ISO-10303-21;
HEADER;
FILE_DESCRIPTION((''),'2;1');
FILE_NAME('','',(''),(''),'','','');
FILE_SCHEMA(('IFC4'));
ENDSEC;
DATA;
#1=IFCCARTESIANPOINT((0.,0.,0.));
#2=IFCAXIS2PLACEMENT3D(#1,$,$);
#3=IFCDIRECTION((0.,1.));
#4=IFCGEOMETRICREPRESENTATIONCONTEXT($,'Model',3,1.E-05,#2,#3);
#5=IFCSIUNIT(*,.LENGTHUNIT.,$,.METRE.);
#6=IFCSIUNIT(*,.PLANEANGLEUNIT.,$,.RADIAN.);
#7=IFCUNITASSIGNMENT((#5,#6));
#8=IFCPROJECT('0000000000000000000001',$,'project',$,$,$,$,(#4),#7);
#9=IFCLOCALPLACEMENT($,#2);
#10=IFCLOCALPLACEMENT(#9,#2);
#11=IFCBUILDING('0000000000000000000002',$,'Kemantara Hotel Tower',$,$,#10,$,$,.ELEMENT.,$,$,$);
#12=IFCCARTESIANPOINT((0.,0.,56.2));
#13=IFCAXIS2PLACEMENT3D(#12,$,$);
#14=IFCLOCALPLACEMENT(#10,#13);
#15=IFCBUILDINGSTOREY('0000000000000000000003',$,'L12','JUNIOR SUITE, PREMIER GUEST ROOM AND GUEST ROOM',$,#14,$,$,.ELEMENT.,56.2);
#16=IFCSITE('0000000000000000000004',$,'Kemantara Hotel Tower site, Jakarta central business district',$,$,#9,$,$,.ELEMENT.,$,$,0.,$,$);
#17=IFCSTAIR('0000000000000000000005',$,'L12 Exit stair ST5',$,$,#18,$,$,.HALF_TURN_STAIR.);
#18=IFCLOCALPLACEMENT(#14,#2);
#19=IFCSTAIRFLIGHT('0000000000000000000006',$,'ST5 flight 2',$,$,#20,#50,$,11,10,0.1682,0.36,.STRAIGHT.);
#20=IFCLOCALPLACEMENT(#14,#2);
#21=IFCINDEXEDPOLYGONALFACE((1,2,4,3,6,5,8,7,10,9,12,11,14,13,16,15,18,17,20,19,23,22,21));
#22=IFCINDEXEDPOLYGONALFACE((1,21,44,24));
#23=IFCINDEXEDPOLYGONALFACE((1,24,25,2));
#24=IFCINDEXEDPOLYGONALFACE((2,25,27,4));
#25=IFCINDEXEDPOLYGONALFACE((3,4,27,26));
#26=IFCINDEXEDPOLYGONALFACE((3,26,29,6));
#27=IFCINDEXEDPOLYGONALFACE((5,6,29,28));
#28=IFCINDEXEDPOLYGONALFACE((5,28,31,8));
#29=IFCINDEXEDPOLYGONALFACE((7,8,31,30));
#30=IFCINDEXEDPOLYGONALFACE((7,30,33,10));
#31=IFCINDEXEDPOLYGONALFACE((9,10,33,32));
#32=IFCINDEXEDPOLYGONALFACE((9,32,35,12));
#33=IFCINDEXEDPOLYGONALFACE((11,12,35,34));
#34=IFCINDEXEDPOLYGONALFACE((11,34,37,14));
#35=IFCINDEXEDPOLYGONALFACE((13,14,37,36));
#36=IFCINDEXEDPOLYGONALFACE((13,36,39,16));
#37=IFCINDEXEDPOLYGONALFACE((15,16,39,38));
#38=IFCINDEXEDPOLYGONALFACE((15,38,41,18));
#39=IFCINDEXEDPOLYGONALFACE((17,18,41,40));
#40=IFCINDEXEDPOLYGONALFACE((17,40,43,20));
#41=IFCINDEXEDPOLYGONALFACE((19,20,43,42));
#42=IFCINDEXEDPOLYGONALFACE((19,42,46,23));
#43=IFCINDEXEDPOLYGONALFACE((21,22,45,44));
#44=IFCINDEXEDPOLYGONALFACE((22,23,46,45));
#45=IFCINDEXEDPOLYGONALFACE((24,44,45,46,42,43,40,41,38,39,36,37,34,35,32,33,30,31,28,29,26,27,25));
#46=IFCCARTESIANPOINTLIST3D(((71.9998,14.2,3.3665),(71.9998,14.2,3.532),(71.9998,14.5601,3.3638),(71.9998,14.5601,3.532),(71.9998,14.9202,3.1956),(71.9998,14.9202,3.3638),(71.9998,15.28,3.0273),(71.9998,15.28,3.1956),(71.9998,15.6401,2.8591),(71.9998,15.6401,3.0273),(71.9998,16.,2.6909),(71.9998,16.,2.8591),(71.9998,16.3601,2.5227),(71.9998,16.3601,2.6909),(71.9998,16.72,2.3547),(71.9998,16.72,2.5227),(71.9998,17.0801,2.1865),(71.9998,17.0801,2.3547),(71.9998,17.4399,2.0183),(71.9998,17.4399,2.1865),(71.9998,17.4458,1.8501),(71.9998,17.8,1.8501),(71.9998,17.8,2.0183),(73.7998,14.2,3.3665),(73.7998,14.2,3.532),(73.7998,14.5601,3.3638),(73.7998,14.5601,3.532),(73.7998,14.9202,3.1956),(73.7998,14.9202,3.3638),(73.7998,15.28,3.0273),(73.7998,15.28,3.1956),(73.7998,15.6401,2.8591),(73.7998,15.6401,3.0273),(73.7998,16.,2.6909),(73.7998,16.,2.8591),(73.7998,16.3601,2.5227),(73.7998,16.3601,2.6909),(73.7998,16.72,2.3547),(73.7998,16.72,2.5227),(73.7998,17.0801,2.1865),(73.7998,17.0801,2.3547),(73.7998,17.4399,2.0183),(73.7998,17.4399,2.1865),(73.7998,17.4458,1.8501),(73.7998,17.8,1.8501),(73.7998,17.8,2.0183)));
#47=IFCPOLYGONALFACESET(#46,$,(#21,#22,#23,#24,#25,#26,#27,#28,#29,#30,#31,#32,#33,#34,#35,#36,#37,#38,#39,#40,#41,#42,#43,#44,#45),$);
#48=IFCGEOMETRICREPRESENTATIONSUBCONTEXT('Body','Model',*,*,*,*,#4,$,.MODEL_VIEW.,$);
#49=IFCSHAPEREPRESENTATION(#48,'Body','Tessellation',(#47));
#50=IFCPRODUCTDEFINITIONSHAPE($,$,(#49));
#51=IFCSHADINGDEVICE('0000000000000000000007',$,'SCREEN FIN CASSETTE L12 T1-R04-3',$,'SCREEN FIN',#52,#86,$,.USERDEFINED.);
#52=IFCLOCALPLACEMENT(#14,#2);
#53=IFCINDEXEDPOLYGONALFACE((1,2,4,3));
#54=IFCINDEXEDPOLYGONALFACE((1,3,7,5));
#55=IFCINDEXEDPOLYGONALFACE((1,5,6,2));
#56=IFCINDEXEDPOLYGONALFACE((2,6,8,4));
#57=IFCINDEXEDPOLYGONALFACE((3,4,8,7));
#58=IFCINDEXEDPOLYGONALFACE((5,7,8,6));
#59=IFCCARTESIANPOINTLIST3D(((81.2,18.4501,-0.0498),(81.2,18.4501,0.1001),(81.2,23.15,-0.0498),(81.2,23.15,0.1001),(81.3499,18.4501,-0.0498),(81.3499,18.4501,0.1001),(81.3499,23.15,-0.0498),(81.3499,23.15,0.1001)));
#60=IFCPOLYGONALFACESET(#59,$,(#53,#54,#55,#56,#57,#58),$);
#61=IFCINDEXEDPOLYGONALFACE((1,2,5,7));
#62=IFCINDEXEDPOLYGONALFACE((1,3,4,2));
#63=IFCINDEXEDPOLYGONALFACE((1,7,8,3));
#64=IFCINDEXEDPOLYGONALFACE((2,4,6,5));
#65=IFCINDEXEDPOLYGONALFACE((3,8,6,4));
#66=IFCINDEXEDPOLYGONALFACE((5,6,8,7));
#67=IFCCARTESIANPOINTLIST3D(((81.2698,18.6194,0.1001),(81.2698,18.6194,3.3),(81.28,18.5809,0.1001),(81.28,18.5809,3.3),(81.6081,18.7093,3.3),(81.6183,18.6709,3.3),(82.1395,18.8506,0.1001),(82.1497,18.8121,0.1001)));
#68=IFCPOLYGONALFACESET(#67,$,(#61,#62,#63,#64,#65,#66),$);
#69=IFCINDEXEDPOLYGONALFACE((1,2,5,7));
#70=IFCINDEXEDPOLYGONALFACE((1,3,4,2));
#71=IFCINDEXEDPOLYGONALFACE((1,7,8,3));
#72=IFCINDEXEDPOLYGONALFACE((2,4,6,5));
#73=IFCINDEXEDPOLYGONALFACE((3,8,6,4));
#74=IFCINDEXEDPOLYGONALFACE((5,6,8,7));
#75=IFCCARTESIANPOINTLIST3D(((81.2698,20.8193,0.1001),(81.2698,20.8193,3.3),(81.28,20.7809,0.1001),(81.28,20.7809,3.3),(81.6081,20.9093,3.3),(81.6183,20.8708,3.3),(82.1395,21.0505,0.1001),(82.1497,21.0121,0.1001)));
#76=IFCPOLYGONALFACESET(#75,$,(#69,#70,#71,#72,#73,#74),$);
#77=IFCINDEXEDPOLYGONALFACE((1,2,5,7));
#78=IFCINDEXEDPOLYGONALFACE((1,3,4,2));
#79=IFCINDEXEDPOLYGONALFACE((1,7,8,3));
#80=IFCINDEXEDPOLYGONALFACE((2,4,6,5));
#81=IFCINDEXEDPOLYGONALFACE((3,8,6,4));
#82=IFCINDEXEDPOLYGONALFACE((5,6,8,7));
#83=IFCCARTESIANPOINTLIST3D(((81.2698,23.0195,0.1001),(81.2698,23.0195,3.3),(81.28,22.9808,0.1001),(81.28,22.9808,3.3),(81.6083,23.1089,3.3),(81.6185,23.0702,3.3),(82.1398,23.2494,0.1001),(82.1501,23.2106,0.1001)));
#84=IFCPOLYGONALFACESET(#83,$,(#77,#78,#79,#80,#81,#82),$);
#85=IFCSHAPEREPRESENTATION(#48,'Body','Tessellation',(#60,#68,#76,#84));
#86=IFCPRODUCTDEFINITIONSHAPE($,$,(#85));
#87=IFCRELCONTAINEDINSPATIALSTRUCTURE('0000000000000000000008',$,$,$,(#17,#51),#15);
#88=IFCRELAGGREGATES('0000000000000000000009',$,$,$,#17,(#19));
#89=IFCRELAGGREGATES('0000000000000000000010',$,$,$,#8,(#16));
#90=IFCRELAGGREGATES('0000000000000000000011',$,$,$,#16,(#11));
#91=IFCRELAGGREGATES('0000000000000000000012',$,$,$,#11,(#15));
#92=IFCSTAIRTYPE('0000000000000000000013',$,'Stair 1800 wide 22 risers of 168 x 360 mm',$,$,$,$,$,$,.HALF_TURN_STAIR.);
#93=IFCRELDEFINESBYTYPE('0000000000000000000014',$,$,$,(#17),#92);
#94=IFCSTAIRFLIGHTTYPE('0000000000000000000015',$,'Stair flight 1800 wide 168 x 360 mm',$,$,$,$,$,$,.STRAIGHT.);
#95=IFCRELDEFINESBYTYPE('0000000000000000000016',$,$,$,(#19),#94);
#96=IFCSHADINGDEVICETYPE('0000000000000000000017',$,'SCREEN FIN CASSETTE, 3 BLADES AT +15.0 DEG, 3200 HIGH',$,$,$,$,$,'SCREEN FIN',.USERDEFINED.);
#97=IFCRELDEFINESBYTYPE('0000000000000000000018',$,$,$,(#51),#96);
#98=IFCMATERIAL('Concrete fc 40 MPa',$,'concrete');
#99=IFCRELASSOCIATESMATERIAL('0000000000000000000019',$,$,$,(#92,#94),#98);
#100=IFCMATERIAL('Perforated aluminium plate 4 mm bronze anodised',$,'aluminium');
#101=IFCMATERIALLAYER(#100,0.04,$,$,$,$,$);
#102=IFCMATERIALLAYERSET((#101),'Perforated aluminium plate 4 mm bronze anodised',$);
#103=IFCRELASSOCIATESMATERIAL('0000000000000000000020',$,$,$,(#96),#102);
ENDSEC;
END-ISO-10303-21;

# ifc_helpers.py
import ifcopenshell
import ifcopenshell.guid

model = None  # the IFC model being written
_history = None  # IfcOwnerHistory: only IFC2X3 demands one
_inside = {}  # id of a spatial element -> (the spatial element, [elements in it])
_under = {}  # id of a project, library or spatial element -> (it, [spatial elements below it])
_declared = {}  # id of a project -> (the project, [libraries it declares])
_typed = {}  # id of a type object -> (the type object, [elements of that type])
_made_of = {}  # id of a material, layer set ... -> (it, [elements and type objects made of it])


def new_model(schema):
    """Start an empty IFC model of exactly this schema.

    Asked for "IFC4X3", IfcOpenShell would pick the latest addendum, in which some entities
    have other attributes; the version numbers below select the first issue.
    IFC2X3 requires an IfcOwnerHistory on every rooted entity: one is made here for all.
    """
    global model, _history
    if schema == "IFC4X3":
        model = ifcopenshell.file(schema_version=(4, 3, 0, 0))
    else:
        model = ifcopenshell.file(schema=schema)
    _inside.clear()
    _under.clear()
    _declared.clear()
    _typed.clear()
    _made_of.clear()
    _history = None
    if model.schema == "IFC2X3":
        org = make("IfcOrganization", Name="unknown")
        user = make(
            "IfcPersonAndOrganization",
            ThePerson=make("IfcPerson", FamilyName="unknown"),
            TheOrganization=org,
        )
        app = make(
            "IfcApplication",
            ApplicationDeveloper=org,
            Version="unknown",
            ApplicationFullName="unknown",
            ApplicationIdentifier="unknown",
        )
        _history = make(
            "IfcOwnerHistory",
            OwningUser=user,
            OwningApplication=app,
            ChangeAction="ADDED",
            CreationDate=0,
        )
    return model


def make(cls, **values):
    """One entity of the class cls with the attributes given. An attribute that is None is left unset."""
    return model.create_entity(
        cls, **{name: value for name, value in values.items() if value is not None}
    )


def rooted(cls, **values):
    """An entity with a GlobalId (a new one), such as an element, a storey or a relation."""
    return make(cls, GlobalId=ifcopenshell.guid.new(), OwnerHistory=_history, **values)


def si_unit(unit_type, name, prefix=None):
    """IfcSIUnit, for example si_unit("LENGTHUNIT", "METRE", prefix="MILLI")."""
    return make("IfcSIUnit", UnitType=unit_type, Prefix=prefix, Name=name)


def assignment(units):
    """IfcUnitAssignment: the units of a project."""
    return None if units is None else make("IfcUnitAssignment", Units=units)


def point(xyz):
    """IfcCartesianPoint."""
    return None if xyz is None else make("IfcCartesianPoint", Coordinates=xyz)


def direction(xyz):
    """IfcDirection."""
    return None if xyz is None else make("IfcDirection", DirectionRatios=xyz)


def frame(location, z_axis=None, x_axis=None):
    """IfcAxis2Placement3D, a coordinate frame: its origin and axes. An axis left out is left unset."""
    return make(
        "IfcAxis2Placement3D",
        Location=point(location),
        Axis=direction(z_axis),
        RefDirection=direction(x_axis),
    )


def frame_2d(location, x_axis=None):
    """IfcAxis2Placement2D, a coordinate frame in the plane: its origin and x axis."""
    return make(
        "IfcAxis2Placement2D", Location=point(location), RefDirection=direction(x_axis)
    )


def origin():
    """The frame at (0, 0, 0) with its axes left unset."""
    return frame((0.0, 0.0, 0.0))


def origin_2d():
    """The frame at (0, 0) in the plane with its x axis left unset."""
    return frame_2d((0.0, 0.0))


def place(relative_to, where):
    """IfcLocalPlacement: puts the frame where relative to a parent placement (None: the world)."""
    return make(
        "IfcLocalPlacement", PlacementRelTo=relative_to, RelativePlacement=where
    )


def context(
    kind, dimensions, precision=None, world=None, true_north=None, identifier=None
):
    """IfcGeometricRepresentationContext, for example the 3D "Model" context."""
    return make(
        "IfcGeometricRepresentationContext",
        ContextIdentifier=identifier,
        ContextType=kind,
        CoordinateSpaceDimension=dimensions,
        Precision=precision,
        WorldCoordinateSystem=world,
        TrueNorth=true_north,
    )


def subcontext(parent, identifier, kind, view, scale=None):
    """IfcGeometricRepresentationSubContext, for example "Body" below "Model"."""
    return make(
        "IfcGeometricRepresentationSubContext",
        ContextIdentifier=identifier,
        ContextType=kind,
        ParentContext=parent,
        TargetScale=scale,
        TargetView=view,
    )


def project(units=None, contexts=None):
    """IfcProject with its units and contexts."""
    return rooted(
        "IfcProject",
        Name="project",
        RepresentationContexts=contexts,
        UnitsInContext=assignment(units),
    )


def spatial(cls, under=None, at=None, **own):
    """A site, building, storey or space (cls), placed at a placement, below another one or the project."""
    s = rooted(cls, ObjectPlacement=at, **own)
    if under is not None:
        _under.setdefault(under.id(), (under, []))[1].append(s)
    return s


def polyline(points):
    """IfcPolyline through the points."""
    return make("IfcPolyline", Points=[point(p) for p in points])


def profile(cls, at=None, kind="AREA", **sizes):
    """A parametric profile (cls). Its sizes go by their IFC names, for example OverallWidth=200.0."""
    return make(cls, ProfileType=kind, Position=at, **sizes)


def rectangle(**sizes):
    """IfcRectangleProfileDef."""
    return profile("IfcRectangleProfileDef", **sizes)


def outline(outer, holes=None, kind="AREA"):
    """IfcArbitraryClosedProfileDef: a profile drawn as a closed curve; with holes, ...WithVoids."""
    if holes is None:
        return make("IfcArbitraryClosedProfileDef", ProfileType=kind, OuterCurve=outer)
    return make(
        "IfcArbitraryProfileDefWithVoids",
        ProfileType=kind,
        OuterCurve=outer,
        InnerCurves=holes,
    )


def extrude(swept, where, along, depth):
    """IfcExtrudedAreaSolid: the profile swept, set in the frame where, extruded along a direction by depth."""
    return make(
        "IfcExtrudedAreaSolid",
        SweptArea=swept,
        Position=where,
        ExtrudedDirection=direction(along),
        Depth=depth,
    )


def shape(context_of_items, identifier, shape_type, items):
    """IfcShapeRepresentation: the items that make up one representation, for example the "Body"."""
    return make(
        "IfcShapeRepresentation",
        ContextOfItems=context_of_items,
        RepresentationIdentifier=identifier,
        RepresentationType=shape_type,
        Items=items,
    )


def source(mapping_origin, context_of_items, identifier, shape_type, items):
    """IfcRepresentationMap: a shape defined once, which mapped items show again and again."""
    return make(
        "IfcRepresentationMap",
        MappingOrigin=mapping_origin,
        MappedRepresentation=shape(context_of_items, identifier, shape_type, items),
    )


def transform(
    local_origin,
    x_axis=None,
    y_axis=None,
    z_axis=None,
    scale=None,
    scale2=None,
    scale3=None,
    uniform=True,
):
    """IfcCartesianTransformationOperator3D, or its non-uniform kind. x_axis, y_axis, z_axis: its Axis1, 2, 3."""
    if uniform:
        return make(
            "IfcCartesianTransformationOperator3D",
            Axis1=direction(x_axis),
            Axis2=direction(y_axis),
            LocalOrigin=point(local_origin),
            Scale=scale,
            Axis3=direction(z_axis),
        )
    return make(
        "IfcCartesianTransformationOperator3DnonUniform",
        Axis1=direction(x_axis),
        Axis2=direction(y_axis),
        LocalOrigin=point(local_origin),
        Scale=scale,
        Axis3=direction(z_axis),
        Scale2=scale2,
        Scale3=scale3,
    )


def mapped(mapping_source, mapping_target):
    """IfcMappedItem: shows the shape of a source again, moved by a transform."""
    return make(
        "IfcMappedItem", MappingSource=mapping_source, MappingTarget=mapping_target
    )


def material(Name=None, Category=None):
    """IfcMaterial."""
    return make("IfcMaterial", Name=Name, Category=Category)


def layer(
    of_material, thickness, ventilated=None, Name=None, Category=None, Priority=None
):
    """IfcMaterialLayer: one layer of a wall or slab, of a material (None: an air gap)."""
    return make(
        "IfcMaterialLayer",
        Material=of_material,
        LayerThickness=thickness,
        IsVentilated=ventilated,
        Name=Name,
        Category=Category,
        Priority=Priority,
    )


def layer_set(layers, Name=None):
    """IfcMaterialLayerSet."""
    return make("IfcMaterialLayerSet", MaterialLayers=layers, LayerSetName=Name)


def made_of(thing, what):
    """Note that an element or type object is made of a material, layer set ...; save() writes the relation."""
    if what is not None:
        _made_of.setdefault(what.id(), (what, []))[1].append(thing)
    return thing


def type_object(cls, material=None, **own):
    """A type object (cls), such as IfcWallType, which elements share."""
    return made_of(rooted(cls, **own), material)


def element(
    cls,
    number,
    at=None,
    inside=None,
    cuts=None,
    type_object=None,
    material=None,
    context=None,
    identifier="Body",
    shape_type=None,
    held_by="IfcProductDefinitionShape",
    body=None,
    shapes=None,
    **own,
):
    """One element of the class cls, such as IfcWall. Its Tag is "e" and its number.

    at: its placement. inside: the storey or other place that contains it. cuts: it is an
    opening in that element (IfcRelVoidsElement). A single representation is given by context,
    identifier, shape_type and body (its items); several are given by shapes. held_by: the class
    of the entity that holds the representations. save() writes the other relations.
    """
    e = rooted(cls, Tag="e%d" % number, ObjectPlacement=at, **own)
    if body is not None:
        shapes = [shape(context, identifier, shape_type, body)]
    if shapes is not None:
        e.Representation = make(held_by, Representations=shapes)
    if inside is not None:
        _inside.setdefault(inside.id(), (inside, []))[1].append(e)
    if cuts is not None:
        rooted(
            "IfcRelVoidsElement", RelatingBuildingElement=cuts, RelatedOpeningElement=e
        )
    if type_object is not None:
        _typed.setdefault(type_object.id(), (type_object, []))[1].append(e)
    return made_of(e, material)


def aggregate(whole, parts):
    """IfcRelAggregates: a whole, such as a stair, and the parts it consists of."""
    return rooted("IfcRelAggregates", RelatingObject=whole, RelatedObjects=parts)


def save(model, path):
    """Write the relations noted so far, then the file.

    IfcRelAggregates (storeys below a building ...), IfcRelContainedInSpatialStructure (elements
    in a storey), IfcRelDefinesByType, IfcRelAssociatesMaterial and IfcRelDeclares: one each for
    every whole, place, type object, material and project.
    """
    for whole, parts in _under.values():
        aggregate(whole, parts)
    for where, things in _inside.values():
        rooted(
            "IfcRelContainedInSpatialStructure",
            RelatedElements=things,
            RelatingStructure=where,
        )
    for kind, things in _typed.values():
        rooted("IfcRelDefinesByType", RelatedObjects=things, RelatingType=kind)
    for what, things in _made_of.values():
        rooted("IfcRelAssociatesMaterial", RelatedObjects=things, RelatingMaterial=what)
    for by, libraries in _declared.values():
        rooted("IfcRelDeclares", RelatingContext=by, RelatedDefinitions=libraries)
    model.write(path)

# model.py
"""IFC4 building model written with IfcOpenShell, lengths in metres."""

from ifc_helpers import new_model, si_unit, direction, frame, origin, origin_2d, place, context, subcontext, project, spatial, polyline, rectangle, outline, extrude, source, transform, mapped, material, layer, layer_set, type_object, element, aggregate, save


model = new_model("IFC4")

# Units and contexts
model_context = context("Model", 3, precision=1e-05, world=origin(), true_north=direction((0.0, 1.0)))
body_context = subcontext(model_context, "Body", "Model", "MODEL_VIEW")
ifc_project = project(units=[si_unit("LENGTHUNIT", "METRE"), si_unit("PLANEANGLEUNIT", "RADIAN")], contexts=[model_context])

# Site, building, storey
site_placement = place(None, origin())
site = spatial("IfcSite", under=ifc_project, at=site_placement, Name="Kemantara Hotel Tower site, Jakarta central business district", CompositionType="ELEMENT", RefElevation=0.0)
building_placement = place(site_placement, origin())
building = spatial("IfcBuilding", under=site, at=building_placement, Name="Kemantara Hotel Tower", CompositionType="ELEMENT")
storey_placement = place(building_placement, frame((0.0, 0.0, 56.2)))
storey = spatial("IfcBuildingStorey", under=building, at=storey_placement, Name="L12", Description="JUNIOR SUITE, PREMIER GUEST ROOM AND GUEST ROOM", CompositionType="ELEMENT", Elevation=56.2)

# Shared definitions
ifc_material_1 = material(Name="Concrete fc 40 MPa", Category="concrete")

# Stair, stair flight
stair_type = type_object("IfcStairType", Name="Stair 1800 wide 22 risers of 168 x 360 mm", PredefinedType="HALF_TURN_STAIR", material=ifc_material_1)
stair_flight_type = type_object("IfcStairFlightType", Name="Stair flight 1800 wide 168 x 360 mm", PredefinedType="STRAIGHT", material=ifc_material_1)
stair_1_placement = place(storey_placement, origin())
stair_1 = element("IfcStair", 1, at=stair_1_placement, inside=storey, type_object=stair_type, Name="L12 Exit stair ST5", PredefinedType="HALF_TURN_STAIR")
stair_flight_1_placement = place(storey_placement, frame((72.8999, 17.8, 1.8501), z_axis=(0.0, 0.0, 1.0), x_axis=(0.0, -1.0, 0.0)))
stair_flight_1 = element("IfcStairFlight", 2, at=stair_flight_1_placement, type_object=stair_flight_type, Name="ST5 flight 2", NumberOfRisers=11, NumberOfTreads=10, PredefinedType="STRAIGHT", RiserHeight=0.1682, TreadLength=0.36, context=body_context, shape_type="SweptSolid", body=[
    extrude(outline(polyline([(0.0, 0.0), (0.0, 0.1682), (0.3601, 0.1682), (0.3601, 0.3364), (0.72, 0.3364), (0.72, 0.5046), (1.0801, 0.5046), (1.0801, 0.6726), (1.4399, 0.6726), (1.4399, 0.8408), (1.8, 0.8408), (1.8, 1.009), (2.1599, 1.009), (2.1599, 1.1772), (2.52, 1.1772), (2.52, 1.3455), (2.8799, 1.3455), (2.8799, 1.5137), (3.24, 1.5137), (3.24, 1.6819), (3.6001, 1.6819), (3.6001, 1.8501), (3.6001, 1.5164), (0.3542, 0.0), (0.0, 0.0)])), frame((0.0, 0.8999, 0.0), z_axis=(0.0, -1.0, 0.0), x_axis=(1.0, 0.0, 0.0)), (0.0, 0.0, 1.0), 1.8),
])
aggregate(stair_1, [stair_flight_1])

# Shading device
ifc_material_2 = material(Name="Perforated aluminium plate 4 mm bronze anodised", Category="aluminium")
ifc_layer_1 = layer(ifc_material_2, 0.04)
ifc_layer_set_1 = layer_set([ifc_layer_1], Name="Perforated aluminium plate 4 mm bronze anodised")
shading_device_type = type_object("IfcShadingDeviceType", Name="SCREEN FIN CASSETTE, 3 BLADES AT +15.0 DEG, 3200 HIGH", ElementType="SCREEN FIN", PredefinedType="USERDEFINED", material=ifc_layer_set_1)
shared_shape_1 = source(origin(), body_context, "Body", "SweptSolid", [
    extrude(rectangle(XDim=4.7, YDim=0.1499, at=origin_2d()), frame((2.2, -0.075, -0.1499), z_axis=(0.0, 0.0, 1.0), x_axis=(1.0, 0.0, 0.0)), (0.0, 0.0, 1.0), 0.1499),
    extrude(outline(polyline([(0.0, 0.0), (0.8999, 0.0), (0.3501, 3.2), (0.0, 3.2), (0.0, 0.0)])), frame((0.0193, -0.0698, 0.0), z_axis=(-0.966438, -0.256901, 0.0), x_axis=(0.256901, -0.966438, 0.0)), (0.0, 0.0, 1.0), 0.0398),
    extrude(outline(polyline([(0.0, 0.0), (0.8999, 0.0), (0.3501, 3.2), (0.0, 3.2), (0.0, 0.0)])), frame((2.2192, -0.0698, 0.0), z_axis=(-0.966438, -0.256901, 0.0), x_axis=(0.256901, -0.966438, 0.0)), (0.0, 0.0, 1.0), 0.0398),
    extrude(outline(polyline([(0.0, 0.0), (0.8999, 0.0), (0.3501, 3.2), (0.0, 3.2), (0.0, 0.0)])), frame((4.4194, -0.0698, 0.0), z_axis=(-0.966838, -0.255391, 0.0), x_axis=(0.255391, -0.966838, 0.0)), (0.0, 0.0, 1.0), 0.04),
])
shading_device_placement = place(storey_placement, frame((81.2, 18.6001, 0.1001), z_axis=(0.0, 0.0, 1.0), x_axis=(0.0, 1.0, 0.0)))
element("IfcShadingDevice", 3, at=shading_device_placement, inside=storey, type_object=shading_device_type, Name="SCREEN FIN CASSETTE L12 T1-R04-3", ObjectType="SCREEN FIN", PredefinedType="USERDEFINED", context=body_context, shape_type="MappedRepresentation", body=[
    mapped(shared_shape_1, transform((0.0, 0.0, 0.0))),
])

save(model, "model.ifc")
